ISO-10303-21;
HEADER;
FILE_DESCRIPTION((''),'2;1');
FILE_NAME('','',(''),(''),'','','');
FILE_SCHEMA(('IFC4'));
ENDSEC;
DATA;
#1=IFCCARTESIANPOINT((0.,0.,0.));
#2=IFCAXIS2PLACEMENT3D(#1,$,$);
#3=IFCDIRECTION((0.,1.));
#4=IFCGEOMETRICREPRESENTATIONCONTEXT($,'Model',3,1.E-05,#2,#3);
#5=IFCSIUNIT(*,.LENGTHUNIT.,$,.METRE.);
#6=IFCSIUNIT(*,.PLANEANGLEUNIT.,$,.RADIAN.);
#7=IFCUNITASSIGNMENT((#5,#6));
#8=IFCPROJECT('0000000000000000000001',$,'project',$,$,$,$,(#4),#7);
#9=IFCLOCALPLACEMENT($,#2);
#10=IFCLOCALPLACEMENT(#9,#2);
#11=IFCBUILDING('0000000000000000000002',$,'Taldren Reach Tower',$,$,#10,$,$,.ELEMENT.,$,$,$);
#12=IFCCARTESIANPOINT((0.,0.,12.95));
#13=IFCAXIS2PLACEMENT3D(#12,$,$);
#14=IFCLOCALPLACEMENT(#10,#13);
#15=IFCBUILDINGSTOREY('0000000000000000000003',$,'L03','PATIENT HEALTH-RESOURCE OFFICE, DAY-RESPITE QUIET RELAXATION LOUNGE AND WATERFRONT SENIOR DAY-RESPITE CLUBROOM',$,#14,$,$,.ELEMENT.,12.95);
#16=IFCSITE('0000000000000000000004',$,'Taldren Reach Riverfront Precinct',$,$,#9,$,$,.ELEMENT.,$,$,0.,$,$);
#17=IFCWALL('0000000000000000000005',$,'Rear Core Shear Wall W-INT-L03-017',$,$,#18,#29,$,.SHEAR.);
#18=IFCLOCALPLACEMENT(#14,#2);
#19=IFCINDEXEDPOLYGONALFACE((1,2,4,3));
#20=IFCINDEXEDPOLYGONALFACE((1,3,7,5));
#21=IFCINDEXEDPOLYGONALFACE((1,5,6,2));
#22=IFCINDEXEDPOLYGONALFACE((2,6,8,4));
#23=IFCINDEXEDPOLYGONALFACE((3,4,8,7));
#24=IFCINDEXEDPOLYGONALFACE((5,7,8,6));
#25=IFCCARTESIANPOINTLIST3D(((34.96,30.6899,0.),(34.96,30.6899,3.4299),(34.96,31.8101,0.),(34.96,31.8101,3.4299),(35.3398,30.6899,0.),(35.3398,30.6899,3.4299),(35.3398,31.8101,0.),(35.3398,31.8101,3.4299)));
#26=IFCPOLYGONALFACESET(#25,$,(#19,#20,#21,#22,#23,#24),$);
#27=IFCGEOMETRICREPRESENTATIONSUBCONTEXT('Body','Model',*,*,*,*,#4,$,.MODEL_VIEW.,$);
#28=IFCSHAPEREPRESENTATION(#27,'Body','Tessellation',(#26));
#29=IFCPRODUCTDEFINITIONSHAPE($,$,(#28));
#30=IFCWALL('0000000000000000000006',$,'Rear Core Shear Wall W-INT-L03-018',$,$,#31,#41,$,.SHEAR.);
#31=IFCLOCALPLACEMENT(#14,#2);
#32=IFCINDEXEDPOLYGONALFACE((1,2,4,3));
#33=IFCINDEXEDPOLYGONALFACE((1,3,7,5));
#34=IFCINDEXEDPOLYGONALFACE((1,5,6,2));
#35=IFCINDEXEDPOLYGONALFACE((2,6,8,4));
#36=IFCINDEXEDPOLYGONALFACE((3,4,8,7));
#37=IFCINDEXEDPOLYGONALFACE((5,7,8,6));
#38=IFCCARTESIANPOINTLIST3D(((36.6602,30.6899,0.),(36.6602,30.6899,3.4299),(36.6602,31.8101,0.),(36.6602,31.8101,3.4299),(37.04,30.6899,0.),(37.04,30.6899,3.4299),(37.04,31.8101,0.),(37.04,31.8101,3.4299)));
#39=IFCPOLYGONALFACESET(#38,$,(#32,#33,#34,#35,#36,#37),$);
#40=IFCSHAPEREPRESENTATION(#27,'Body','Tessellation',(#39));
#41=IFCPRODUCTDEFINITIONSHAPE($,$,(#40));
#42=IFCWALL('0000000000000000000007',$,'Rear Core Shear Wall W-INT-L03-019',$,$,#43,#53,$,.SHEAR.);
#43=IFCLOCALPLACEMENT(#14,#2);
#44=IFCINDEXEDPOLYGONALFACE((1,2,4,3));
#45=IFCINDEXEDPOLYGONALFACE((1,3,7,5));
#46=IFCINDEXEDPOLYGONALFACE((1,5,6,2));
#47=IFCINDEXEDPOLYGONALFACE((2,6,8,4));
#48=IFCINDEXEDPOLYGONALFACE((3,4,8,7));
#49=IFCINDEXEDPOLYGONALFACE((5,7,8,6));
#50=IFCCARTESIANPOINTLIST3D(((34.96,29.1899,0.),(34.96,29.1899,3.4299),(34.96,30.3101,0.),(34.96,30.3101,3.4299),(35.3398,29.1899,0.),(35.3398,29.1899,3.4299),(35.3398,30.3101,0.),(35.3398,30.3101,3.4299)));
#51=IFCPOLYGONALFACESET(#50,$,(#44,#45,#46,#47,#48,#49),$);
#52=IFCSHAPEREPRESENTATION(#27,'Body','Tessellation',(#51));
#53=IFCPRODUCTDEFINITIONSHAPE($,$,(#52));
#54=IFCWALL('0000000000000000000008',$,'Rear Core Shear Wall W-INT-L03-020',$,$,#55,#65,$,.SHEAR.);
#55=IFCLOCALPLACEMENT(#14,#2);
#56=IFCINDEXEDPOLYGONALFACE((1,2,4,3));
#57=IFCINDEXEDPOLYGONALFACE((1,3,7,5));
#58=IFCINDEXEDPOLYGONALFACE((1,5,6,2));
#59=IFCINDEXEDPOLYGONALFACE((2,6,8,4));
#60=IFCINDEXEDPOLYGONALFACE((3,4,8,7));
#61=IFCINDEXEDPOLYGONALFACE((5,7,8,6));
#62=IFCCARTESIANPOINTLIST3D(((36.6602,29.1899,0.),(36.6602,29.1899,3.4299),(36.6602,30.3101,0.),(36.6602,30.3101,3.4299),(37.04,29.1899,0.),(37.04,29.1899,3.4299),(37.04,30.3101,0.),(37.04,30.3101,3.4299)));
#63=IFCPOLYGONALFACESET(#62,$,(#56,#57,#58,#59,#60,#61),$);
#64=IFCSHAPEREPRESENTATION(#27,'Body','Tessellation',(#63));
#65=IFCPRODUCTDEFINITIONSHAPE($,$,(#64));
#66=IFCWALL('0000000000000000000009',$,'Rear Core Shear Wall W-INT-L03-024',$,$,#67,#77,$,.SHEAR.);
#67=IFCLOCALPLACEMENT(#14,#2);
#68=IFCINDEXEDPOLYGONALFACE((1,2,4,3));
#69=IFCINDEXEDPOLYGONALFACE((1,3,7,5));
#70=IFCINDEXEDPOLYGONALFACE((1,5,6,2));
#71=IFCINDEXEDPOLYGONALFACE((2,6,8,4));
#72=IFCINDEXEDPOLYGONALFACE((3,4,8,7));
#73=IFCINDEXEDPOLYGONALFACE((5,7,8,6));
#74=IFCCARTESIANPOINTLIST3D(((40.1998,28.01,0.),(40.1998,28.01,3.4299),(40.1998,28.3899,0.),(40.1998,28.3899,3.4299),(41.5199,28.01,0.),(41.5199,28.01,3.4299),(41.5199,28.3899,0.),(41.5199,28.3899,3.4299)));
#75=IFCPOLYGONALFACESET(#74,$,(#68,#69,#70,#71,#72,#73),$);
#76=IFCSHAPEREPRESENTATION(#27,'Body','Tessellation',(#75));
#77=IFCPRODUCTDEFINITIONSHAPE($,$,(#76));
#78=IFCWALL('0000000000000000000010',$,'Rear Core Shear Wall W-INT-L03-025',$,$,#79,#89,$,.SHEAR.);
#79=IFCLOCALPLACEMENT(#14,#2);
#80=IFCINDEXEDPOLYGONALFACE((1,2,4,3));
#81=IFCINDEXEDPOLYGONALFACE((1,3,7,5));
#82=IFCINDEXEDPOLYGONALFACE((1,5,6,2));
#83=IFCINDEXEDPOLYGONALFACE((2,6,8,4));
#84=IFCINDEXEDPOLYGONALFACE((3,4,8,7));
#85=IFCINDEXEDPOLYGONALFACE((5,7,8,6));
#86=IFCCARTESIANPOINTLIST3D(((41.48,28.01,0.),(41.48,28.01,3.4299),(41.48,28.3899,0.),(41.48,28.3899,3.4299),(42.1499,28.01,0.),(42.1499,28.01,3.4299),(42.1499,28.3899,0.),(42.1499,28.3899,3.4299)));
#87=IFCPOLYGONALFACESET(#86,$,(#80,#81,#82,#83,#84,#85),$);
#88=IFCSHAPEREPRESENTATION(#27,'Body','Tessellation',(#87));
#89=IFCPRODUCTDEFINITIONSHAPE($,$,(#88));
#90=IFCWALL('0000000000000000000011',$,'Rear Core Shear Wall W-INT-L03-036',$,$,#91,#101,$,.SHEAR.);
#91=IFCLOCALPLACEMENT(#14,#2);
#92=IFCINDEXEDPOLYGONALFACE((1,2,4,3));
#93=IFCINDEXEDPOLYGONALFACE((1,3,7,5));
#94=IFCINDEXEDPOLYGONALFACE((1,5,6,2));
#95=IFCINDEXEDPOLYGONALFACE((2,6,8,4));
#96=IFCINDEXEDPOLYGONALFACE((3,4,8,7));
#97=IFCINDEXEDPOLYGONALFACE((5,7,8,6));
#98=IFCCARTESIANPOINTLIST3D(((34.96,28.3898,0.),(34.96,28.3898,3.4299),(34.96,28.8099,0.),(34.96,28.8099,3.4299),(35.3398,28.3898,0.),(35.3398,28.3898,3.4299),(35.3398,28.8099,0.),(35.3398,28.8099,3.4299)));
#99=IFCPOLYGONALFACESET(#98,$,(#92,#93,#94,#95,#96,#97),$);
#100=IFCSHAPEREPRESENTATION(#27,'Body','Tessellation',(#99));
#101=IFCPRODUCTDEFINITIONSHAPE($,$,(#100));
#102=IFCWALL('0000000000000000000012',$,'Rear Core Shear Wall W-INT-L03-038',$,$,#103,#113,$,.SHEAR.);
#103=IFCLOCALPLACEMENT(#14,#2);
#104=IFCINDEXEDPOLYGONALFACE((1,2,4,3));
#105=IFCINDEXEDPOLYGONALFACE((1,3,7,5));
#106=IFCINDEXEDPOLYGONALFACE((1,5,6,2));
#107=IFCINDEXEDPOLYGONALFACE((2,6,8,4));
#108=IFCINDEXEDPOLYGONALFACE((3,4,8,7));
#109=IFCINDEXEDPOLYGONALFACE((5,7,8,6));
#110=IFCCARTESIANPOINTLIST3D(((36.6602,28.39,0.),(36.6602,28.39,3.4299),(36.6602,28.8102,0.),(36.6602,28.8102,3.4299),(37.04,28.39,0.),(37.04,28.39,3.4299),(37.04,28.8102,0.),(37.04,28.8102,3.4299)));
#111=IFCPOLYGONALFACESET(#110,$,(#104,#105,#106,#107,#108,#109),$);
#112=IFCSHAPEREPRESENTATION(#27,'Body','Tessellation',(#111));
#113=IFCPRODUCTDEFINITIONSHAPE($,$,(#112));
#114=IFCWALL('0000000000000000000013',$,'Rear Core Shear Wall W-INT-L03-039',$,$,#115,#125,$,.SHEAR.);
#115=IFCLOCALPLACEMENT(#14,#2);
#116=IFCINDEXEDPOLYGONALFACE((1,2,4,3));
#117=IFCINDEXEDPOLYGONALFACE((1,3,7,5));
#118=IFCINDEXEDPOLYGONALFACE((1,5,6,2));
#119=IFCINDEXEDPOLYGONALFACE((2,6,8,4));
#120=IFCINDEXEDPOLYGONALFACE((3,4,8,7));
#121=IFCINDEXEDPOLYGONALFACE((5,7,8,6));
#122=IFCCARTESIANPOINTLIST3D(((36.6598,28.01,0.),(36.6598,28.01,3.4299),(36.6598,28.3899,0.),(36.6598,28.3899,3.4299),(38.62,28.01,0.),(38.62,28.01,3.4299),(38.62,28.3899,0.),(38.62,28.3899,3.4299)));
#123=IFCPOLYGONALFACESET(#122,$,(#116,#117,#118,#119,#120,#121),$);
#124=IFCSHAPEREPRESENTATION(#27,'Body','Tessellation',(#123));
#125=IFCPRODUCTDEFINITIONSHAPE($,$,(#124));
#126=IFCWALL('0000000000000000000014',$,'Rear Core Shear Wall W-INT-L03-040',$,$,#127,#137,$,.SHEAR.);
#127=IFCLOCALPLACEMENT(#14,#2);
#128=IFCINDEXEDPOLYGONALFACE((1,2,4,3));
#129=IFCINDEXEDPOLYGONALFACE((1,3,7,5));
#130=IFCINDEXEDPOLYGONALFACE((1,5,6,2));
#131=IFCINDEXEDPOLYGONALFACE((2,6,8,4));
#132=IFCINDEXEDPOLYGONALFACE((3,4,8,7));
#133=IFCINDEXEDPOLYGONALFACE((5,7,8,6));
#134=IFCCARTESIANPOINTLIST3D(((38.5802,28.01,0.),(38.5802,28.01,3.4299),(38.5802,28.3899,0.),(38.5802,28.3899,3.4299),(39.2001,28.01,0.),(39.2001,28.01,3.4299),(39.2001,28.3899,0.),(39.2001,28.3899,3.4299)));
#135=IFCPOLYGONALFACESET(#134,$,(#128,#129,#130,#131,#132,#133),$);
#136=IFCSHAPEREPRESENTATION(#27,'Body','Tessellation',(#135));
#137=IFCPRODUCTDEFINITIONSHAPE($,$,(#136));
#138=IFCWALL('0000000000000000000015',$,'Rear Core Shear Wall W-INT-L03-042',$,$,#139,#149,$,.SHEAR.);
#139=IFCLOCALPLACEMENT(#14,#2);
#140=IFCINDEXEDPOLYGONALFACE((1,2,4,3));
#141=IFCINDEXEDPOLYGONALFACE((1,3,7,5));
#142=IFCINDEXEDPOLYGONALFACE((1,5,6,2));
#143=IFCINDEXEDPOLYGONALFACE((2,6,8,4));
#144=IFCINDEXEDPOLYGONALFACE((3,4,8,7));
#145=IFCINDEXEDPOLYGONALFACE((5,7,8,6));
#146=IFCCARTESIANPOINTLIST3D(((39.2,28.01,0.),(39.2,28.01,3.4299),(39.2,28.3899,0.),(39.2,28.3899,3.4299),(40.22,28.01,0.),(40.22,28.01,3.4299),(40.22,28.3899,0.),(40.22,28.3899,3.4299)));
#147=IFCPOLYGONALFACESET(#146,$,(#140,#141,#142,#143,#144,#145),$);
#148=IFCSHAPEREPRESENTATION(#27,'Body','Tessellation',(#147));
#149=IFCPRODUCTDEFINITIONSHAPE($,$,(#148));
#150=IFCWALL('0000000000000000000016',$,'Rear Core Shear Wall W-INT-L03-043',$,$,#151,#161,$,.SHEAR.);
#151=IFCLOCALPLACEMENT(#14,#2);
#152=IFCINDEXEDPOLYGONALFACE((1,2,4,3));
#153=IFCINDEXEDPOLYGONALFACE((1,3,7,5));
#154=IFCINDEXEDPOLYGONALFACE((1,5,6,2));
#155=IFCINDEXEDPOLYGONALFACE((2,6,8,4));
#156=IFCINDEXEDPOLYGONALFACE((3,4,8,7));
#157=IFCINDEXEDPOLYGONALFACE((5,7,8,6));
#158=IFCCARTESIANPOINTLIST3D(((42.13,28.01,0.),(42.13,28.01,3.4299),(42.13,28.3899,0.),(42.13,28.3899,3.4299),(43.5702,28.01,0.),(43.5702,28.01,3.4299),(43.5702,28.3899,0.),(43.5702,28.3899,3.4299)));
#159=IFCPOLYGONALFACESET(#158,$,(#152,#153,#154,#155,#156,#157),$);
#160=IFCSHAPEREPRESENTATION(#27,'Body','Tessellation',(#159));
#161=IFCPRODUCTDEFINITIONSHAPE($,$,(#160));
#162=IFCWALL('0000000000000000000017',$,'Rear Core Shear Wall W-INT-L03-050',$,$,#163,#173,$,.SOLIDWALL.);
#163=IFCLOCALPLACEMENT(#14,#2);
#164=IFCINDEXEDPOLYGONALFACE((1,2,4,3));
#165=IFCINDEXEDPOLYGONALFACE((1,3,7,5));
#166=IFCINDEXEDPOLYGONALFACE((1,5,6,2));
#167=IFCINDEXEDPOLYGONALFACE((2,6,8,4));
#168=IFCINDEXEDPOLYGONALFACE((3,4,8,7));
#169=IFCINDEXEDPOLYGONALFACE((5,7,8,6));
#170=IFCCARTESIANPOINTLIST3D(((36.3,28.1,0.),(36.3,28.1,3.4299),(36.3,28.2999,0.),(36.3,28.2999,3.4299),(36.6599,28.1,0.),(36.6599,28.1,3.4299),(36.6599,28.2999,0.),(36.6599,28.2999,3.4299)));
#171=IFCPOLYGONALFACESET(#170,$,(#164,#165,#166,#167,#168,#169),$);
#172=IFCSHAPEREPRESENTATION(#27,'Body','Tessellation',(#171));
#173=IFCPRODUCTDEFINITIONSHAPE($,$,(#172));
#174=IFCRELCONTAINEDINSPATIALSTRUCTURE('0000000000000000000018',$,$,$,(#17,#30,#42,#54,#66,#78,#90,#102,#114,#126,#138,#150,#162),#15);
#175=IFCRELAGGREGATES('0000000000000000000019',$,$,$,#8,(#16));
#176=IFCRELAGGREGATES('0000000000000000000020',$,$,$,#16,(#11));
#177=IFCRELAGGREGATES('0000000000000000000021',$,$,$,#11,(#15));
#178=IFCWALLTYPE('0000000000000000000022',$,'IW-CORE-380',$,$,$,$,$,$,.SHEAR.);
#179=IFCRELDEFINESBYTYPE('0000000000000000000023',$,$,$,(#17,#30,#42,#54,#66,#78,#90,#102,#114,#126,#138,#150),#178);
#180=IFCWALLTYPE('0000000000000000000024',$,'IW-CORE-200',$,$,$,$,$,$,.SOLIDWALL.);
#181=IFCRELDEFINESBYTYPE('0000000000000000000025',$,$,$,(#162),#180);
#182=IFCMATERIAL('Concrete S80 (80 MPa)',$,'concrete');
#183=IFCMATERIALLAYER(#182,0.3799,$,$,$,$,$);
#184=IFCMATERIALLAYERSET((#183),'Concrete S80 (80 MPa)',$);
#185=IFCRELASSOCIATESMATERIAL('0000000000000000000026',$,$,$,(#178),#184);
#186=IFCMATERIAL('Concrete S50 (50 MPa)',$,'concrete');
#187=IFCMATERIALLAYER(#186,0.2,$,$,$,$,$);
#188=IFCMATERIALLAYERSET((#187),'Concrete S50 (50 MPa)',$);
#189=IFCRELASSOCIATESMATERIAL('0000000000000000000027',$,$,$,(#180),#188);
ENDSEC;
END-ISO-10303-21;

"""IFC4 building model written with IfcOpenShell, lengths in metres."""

from ifc_helpers import new_model, si_unit, direction, frame, frame_2d, origin, place, context, subcontext, project, spatial, rectangle, extrude, source, transform, mapped, material, layer, layer_set, type_object, element, save


model = new_model("IFC4")

# Units and contexts
model_context = context("Model", 3, precision=1e-05, world=origin(), true_north=direction((0.0, 1.0)))
body_context = subcontext(model_context, "Body", "Model", "MODEL_VIEW")
ifc_project = project(units=[si_unit("LENGTHUNIT", "METRE"), si_unit("PLANEANGLEUNIT", "RADIAN")], contexts=[model_context])

# Site, building, storey
site_placement = place(None, origin())
site = spatial("IfcSite", under=ifc_project, at=site_placement, Name="Taldren Reach Riverfront Precinct", CompositionType="ELEMENT", RefElevation=0.0)
building_placement = place(site_placement, origin())
building = spatial("IfcBuilding", under=site, at=building_placement, Name="Taldren Reach Tower", CompositionType="ELEMENT")
storey_placement = place(building_placement, frame((0.0, 0.0, 12.95)))
storey = spatial("IfcBuildingStorey", under=building, at=storey_placement, Name="L03", Description="PATIENT HEALTH-RESOURCE OFFICE, DAY-RESPITE QUIET RELAXATION LOUNGE AND WATERFRONT SENIOR DAY-RESPITE CLUBROOM", CompositionType="ELEMENT", Elevation=12.95)

# Walls
ifc_material_1 = material(Name="Concrete S80 (80 MPa)", Category="concrete")
ifc_layer_1 = layer(ifc_material_1, 0.3799)
ifc_layer_set_1 = layer_set([ifc_layer_1], Name="Concrete S80 (80 MPa)")
wall_type_1 = type_object("IfcWallType", Name="IW-CORE-380", PredefinedType="SHEAR", material=ifc_layer_set_1)
shared_shape_1 = source(origin(), body_context, "Body", "SweptSolid", [
    extrude(rectangle(XDim=1.1201, YDim=0.3799, at=frame_2d((0.5601, 0.0))), origin(), (0.0, 0.0, 1.0), 3.4299),
])
for number, where, z_axis, x_axis, name in (
    (1, (35.1499, 31.8101, 0.0), (0.0, 0.0, 1.0), (0.0, -1.0, 0.0), "Rear Core Shear Wall W-INT-L03-017"),
    (2, (36.8501, 30.6899, 0.0), (0.0, 0.0, 1.0), (0.0, 1.0, 0.0), "Rear Core Shear Wall W-INT-L03-018"),
    (3, (35.1499, 30.3101, 0.0), (0.0, 0.0, 1.0), (0.0, -1.0, 0.0), "Rear Core Shear Wall W-INT-L03-019"),
    (4, (36.8501, 29.1899, 0.0), (0.0, 0.0, 1.0), (0.0, 1.0, 0.0), "Rear Core Shear Wall W-INT-L03-020"),
):
    element("IfcWall", number, at=place(storey_placement, frame(where, z_axis=z_axis, x_axis=x_axis)), inside=storey, type_object=wall_type_1, Name=name, PredefinedType="SHEAR", context=body_context, shape_type="MappedRepresentation", body=[
        mapped(shared_shape_1, transform((0.0, 0.0, 0.0), scale=1.0)),
    ])
shared_shape_2 = source(origin(), body_context, "Body", "SweptSolid", [
    extrude(rectangle(XDim=1.3201, YDim=0.3799, at=frame_2d((0.6602, 0.0))), origin(), (0.0, 0.0, 1.0), 3.4299),
])
wall_1_placement = place(storey_placement, frame((41.52, 28.2, 0.0), z_axis=(0.0, 0.0, 1.0), x_axis=(-1.0, 0.0, 0.0)))
element("IfcWall", 5, at=wall_1_placement, inside=storey, type_object=wall_type_1, Name="Rear Core Shear Wall W-INT-L03-024", PredefinedType="SHEAR", context=body_context, shape_type="MappedRepresentation", body=[
    mapped(shared_shape_2, transform((0.0, 0.0, 0.0), scale=1.0)),
])
shared_shape_3 = source(origin(), body_context, "Body", "SweptSolid", [
    extrude(rectangle(XDim=0.6699, YDim=0.3799, at=frame_2d((0.335, 0.0))), origin(), (0.0, 0.0, 1.0), 3.4299),
])
wall_2_placement = place(storey_placement, frame((42.1499, 28.2, 0.0), z_axis=(0.0, 0.0, 1.0), x_axis=(-1.0, 0.0, 0.0)))
element("IfcWall", 6, at=wall_2_placement, inside=storey, type_object=wall_type_1, Name="Rear Core Shear Wall W-INT-L03-025", PredefinedType="SHEAR", context=body_context, shape_type="MappedRepresentation", body=[
    mapped(shared_shape_3, transform((0.0, 0.0, 0.0), scale=1.0)),
])
shared_shape_4 = source(origin(), body_context, "Body", "SweptSolid", [
    extrude(rectangle(XDim=0.4202, YDim=0.3799, at=frame_2d((0.21, 0.0))), origin(), (0.0, 0.0, 1.0), 3.4299),
])
for number, where, z_axis, x_axis, name in (
    (7, (35.1499, 28.3899, 0.0), (0.0, 0.0, 1.0), (0.0, 1.0, 0.0), "Rear Core Shear Wall W-INT-L03-036"),
    (8, (36.8501, 28.8101, 0.0), (0.0, 0.0, 1.0), (0.0, -1.0, 0.0), "Rear Core Shear Wall W-INT-L03-038"),
):
    element("IfcWall", number, at=place(storey_placement, frame(where, z_axis=z_axis, x_axis=x_axis)), inside=storey, type_object=wall_type_1, Name=name, PredefinedType="SHEAR", context=body_context, shape_type="MappedRepresentation", body=[
        mapped(shared_shape_4, transform((0.0, 0.0, 0.0), scale=1.0)),
    ])
shared_shape_5 = source(origin(), body_context, "Body", "SweptSolid", [
    extrude(rectangle(XDim=1.9602, YDim=0.3799, at=frame_2d((0.98, 0.0))), origin(), (0.0, 0.0, 1.0), 3.4299),
])
wall_3_placement = place(storey_placement, frame((36.6599, 28.2, 0.0), z_axis=(0.0, 0.0, 1.0), x_axis=(1.0, 0.0, 0.0)))
element("IfcWall", 9, at=wall_3_placement, inside=storey, type_object=wall_type_1, Name="Rear Core Shear Wall W-INT-L03-039", PredefinedType="SHEAR", context=body_context, shape_type="MappedRepresentation", body=[
    mapped(shared_shape_5, transform((0.0, 0.0, 0.0), scale=1.0)),
])
shared_shape_6 = source(origin(), body_context, "Body", "SweptSolid", [
    extrude(rectangle(XDim=0.6199, YDim=0.3799, at=frame_2d((0.3101, 0.0))), origin(), (0.0, 0.0, 1.0), 3.4299),
])
wall_4_placement = place(storey_placement, frame((38.5801, 28.2, 0.0), z_axis=(0.0, 0.0, 1.0), x_axis=(1.0, 0.0, 0.0)))
element("IfcWall", 10, at=wall_4_placement, inside=storey, type_object=wall_type_1, Name="Rear Core Shear Wall W-INT-L03-040", PredefinedType="SHEAR", context=body_context, shape_type="MappedRepresentation", body=[
    mapped(shared_shape_6, transform((0.0, 0.0, 0.0), scale=1.0)),
])
shared_shape_7 = source(origin(), body_context, "Body", "SweptSolid", [
    extrude(rectangle(XDim=1.02, YDim=0.3799, at=frame_2d((0.51, 0.0))), origin(), (0.0, 0.0, 1.0), 3.4299),
])
wall_5_placement = place(storey_placement, frame((39.2, 28.2, 0.0), z_axis=(0.0, 0.0, 1.0), x_axis=(1.0, 0.0, 0.0)))
element("IfcWall", 11, at=wall_5_placement, inside=storey, type_object=wall_type_1, Name="Rear Core Shear Wall W-INT-L03-042", PredefinedType="SHEAR", context=body_context, shape_type="MappedRepresentation", body=[
    mapped(shared_shape_7, transform((0.0, 0.0, 0.0), scale=1.0)),
])
shared_shape_8 = source(origin(), body_context, "Body", "SweptSolid", [
    extrude(rectangle(XDim=1.4402, YDim=0.3799, at=frame_2d((0.7202, 0.0))), origin(), (0.0, 0.0, 1.0), 3.4299),
])
wall_6_placement = place(storey_placement, frame((42.1299, 28.2, 0.0), z_axis=(0.0, 0.0, 1.0), x_axis=(1.0, 0.0, 0.0)))
element("IfcWall", 12, at=wall_6_placement, inside=storey, type_object=wall_type_1, Name="Rear Core Shear Wall W-INT-L03-043", PredefinedType="SHEAR", context=body_context, shape_type="MappedRepresentation", body=[
    mapped(shared_shape_8, transform((0.0, 0.0, 0.0), scale=1.0)),
])
ifc_material_2 = material(Name="Concrete S50 (50 MPa)", Category="concrete")
ifc_layer_2 = layer(ifc_material_2, 0.2)
ifc_layer_set_2 = layer_set([ifc_layer_2], Name="Concrete S50 (50 MPa)")
wall_type_2 = type_object("IfcWallType", Name="IW-CORE-200", PredefinedType="SOLIDWALL", material=ifc_layer_set_2)
shared_shape_9 = source(origin(), body_context, "Body", "SweptSolid", [
    extrude(rectangle(XDim=0.3599, YDim=0.2, at=frame_2d((0.1799, 0.0))), origin(), (0.0, 0.0, 1.0), 3.4299),
])
wall_7_placement = place(storey_placement, frame((36.6599, 28.2, 0.0), z_axis=(0.0, 0.0, 1.0), x_axis=(-1.0, 0.0, 0.0)))
element("IfcWall", 13, at=wall_7_placement, inside=storey, type_object=wall_type_2, Name="Rear Core Shear Wall W-INT-L03-050", PredefinedType="SOLIDWALL", context=body_context, shape_type="MappedRepresentation", body=[
    mapped(shared_shape_9, transform((0.0, 0.0, 0.0), scale=1.0)),
])

save(model, "model.ifc")
